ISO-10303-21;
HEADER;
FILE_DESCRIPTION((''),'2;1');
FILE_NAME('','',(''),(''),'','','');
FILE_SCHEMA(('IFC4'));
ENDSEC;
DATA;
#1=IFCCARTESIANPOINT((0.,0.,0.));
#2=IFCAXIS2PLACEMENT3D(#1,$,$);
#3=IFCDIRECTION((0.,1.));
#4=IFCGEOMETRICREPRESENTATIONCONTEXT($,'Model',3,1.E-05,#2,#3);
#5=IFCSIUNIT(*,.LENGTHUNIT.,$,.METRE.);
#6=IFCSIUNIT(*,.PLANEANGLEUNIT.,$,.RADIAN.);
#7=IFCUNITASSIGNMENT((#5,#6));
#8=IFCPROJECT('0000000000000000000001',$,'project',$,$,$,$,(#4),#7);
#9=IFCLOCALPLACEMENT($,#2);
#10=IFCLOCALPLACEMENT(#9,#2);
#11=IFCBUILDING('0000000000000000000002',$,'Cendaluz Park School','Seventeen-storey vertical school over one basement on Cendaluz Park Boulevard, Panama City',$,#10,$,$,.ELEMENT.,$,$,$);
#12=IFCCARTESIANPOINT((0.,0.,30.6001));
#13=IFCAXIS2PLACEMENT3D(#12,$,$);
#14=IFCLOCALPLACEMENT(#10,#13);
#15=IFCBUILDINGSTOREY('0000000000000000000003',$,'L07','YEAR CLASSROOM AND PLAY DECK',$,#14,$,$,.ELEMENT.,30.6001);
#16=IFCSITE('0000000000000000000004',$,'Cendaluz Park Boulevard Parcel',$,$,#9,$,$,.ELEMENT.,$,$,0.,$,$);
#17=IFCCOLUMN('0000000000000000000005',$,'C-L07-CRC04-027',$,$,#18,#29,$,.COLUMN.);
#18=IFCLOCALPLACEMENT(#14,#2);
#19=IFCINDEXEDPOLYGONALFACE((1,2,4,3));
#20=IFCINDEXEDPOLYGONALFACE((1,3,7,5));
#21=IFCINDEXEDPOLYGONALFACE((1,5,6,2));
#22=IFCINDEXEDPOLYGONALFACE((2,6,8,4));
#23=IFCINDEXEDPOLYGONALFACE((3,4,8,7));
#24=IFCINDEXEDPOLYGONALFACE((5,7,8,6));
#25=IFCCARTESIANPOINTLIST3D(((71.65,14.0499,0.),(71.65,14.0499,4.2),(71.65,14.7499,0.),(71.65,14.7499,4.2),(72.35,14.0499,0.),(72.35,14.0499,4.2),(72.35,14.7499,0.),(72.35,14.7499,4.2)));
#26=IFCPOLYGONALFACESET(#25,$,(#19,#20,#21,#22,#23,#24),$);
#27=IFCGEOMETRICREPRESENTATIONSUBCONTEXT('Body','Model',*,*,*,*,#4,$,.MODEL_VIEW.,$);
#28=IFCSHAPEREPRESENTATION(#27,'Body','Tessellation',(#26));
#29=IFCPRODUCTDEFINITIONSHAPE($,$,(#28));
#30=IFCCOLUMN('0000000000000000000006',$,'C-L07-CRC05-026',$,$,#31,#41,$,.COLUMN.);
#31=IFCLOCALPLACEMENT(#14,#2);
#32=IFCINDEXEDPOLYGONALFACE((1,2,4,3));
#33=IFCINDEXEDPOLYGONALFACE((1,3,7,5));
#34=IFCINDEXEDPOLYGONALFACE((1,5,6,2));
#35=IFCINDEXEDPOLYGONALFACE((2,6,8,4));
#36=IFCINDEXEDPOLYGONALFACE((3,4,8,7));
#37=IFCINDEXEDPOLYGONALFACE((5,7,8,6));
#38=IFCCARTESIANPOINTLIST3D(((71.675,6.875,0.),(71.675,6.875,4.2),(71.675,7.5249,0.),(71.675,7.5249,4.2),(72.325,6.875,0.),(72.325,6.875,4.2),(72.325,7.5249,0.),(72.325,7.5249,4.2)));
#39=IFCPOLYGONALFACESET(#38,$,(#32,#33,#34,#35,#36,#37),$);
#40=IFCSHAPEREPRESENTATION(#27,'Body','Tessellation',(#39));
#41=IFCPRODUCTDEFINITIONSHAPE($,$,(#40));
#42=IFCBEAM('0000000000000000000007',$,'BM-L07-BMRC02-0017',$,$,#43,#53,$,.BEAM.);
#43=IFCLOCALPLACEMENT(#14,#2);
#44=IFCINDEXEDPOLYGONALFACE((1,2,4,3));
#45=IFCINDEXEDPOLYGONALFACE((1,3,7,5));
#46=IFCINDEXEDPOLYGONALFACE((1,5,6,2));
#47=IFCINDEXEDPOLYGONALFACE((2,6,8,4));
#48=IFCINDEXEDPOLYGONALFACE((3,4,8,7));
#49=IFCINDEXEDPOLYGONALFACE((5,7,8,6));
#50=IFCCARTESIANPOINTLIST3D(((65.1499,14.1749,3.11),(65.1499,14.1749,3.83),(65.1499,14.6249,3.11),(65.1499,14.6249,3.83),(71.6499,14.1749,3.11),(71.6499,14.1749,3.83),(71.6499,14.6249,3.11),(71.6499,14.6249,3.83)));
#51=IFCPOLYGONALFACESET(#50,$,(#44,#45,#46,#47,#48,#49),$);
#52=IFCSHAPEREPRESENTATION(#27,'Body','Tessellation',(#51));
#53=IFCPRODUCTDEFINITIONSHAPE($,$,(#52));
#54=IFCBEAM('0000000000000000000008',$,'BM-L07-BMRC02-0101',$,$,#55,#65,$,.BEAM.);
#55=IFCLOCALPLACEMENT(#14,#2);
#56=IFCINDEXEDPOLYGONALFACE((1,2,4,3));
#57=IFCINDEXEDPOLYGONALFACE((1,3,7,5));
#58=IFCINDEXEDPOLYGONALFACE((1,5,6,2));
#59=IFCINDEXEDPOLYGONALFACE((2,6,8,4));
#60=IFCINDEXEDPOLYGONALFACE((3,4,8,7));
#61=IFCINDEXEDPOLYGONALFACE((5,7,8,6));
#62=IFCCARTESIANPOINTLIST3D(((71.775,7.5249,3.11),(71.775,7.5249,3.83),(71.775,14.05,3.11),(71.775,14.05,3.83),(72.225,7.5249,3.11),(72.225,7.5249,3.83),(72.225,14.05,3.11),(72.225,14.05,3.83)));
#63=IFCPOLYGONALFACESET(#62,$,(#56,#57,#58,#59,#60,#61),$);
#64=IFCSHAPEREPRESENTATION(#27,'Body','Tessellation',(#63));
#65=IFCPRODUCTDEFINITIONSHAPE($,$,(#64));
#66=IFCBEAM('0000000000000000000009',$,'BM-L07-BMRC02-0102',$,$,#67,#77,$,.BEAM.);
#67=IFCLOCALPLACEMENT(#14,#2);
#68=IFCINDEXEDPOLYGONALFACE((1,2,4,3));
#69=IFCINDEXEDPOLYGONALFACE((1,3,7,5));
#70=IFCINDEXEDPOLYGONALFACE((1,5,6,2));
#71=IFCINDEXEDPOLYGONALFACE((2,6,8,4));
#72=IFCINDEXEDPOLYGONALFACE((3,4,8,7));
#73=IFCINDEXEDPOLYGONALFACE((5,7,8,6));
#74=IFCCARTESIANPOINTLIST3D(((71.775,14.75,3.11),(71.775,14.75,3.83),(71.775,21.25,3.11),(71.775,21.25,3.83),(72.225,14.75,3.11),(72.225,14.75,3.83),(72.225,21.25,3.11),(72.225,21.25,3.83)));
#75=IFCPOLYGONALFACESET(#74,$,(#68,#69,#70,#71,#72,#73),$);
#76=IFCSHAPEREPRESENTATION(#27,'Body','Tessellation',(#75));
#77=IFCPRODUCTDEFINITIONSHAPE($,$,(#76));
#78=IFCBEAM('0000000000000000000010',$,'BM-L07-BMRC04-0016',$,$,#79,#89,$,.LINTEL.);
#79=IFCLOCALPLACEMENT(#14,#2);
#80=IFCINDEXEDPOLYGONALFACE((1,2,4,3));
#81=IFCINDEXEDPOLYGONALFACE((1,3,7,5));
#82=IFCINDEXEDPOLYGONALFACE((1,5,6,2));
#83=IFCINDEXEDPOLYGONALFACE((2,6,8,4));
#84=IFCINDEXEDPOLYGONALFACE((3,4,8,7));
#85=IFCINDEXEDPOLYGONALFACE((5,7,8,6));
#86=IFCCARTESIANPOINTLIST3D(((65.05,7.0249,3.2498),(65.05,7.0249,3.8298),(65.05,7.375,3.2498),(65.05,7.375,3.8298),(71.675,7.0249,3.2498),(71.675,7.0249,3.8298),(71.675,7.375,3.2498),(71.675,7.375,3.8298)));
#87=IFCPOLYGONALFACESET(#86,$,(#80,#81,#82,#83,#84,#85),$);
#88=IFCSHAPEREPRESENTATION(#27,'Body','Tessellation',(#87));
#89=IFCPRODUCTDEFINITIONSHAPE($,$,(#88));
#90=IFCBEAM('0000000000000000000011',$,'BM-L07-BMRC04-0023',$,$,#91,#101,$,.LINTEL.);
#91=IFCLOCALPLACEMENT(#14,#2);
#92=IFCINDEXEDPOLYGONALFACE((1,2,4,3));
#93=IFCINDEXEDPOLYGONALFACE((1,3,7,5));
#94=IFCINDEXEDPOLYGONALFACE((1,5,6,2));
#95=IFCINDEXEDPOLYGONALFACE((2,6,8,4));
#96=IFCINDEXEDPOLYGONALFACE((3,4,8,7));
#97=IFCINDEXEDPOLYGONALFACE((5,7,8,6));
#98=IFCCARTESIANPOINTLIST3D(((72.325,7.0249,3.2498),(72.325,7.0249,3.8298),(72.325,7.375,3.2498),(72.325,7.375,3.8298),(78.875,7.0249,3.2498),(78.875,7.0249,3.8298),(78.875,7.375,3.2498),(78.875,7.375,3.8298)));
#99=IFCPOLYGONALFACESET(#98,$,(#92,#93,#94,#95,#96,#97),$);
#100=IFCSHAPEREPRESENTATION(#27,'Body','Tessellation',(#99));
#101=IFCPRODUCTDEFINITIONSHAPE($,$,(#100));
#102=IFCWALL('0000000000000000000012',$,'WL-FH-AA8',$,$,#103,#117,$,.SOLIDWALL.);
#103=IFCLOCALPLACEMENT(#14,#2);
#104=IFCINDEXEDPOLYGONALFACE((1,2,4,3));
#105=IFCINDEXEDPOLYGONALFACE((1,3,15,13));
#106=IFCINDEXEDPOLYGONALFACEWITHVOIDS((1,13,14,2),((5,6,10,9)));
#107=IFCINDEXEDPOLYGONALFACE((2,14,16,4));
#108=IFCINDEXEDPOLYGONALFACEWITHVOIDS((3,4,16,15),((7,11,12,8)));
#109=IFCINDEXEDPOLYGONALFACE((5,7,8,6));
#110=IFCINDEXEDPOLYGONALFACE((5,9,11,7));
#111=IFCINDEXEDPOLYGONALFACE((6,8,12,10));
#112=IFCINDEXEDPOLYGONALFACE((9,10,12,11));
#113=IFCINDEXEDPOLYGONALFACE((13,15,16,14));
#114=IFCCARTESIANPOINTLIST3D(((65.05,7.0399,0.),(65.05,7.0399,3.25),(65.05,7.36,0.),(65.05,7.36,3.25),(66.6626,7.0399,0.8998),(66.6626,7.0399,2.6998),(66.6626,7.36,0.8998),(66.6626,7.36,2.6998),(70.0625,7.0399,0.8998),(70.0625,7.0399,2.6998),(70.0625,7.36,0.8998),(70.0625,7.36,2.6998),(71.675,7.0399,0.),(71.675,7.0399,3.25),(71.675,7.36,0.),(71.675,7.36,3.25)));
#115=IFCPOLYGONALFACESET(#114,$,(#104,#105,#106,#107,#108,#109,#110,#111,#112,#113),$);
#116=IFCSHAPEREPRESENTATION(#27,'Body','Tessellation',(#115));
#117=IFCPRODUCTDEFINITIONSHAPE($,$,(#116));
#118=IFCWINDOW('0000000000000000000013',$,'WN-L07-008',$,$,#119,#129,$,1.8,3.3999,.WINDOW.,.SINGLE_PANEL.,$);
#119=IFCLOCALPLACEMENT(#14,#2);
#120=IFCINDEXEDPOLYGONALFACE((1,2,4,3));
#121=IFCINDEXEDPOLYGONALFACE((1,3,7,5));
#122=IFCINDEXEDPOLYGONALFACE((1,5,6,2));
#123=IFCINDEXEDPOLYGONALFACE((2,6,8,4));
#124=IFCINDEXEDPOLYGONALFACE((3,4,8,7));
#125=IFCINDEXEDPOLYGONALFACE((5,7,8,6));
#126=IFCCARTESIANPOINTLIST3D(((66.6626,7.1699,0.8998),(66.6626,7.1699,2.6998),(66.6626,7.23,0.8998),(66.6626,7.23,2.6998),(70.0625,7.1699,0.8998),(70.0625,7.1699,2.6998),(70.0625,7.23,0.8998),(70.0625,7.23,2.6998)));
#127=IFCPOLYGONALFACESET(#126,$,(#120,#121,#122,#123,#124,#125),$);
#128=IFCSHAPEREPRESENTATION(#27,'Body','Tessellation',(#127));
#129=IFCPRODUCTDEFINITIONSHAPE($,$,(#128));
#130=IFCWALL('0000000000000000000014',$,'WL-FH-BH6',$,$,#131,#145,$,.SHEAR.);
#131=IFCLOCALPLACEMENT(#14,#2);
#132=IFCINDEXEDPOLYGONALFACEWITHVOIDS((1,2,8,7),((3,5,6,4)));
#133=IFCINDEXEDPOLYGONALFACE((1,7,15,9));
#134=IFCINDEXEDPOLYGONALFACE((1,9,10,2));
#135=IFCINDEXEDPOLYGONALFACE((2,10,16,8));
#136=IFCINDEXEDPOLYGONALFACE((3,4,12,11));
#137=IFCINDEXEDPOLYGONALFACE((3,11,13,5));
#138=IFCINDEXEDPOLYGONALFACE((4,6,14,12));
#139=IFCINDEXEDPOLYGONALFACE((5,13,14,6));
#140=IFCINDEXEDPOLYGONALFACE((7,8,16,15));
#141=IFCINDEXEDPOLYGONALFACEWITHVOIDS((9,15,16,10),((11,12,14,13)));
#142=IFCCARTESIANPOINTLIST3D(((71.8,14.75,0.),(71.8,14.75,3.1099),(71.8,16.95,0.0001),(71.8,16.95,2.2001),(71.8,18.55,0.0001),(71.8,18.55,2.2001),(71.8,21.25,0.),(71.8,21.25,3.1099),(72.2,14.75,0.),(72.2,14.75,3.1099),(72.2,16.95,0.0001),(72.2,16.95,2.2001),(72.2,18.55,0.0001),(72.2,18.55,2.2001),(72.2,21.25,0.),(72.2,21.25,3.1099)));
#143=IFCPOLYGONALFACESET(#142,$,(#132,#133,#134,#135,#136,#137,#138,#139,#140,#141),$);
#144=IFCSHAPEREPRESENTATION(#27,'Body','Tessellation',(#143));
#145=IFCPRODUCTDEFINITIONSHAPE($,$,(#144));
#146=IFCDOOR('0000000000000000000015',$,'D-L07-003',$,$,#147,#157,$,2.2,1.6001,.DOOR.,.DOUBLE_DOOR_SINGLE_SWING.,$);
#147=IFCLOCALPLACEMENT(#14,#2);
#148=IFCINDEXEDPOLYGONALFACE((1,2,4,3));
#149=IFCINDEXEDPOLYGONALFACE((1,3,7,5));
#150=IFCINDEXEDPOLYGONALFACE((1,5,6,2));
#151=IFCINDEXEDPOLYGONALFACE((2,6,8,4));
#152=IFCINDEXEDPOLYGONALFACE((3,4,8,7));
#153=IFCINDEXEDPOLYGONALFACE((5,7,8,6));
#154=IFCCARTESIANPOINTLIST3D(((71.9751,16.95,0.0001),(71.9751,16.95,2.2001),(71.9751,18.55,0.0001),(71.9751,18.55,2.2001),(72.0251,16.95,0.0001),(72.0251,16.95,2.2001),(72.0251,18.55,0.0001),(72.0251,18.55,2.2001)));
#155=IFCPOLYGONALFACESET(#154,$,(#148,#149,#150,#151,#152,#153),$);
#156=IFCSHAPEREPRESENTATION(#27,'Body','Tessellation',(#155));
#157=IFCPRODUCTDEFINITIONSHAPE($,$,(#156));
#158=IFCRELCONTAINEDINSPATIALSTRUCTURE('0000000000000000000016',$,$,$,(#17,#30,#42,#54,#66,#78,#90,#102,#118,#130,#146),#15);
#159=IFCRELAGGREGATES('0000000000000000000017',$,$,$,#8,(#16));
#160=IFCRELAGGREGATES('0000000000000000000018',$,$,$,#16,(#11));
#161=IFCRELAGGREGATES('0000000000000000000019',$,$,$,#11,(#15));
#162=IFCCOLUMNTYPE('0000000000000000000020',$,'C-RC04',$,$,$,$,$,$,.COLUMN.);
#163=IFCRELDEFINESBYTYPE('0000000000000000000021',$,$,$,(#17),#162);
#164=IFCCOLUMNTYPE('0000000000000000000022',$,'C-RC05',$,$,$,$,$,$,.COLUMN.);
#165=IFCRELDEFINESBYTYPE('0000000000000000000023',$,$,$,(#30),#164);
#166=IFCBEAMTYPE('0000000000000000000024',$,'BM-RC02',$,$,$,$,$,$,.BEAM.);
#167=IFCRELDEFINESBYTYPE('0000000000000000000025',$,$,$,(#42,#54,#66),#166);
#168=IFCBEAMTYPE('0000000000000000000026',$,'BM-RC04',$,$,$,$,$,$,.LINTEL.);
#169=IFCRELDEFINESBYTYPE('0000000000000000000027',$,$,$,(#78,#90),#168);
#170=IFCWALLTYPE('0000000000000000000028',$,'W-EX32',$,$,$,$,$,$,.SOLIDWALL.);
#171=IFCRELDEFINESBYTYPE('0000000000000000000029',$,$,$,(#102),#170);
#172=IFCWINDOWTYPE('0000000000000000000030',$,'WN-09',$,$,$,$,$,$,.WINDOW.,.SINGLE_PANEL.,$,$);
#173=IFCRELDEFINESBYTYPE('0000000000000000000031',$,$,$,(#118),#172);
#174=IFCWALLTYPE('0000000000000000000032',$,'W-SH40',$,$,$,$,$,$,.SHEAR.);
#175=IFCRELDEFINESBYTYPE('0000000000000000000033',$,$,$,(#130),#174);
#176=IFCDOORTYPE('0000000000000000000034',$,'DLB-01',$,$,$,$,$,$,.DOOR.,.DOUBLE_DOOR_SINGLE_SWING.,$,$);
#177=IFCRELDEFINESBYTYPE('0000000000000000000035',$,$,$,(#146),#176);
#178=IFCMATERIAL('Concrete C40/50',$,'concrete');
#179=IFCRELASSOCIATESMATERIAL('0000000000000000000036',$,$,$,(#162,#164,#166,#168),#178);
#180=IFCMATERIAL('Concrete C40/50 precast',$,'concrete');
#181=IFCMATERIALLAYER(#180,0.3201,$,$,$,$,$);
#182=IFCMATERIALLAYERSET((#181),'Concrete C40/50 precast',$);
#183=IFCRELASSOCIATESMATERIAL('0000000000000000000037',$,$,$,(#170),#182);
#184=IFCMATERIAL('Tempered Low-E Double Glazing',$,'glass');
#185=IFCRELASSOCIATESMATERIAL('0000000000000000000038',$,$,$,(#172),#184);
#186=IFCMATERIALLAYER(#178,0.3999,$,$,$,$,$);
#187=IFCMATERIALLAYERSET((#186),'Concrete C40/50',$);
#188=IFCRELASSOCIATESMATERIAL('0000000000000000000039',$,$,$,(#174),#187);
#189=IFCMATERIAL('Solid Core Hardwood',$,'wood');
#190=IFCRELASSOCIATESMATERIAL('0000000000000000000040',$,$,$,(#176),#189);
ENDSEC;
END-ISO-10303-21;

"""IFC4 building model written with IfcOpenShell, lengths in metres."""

from ifc_helpers import new_model, si_unit, direction, frame, frame_2d, origin, origin_2d, place, context, subcontext, project, spatial, rectangle, extrude, material, layer, layer_set, material_profile, profile_set, type_object, element, fill, save


model = new_model("IFC4")

# Units and contexts
model_context = context("Model", 3, precision=1e-05, world=origin(), true_north=direction((0.0, 1.0)))
body_context = subcontext(model_context, "Body", "Model", "MODEL_VIEW")
ifc_project = project(units=[si_unit("LENGTHUNIT", "METRE"), si_unit("PLANEANGLEUNIT", "RADIAN")], contexts=[model_context])

# Site, building, storey
site_placement = place(None, origin())
site = spatial("IfcSite", under=ifc_project, at=site_placement, Name="Cendaluz Park Boulevard Parcel", CompositionType="ELEMENT", RefElevation=0.0)
building_placement = place(site_placement, origin())
building = spatial("IfcBuilding", under=site, at=building_placement, Name="Cendaluz Park School", Description="Seventeen-storey vertical school over one basement on Cendaluz Park Boulevard, Panama City", CompositionType="ELEMENT")
storey_placement = place(building_placement, frame((0.0, 0.0, 30.6001)))
storey = spatial("IfcBuildingStorey", under=building, at=storey_placement, Name="L07", Description="YEAR CLASSROOM AND PLAY DECK", CompositionType="ELEMENT", Elevation=30.6001)

# Columns
ifc_material_1 = material(Name="Concrete C40/50", Category="concrete")
ifc_material_profile_1 = material_profile(ifc_material_1, rectangle(XDim=0.7, YDim=0.7, at=origin_2d()), Name="RC 700x700", Category="concrete")
ifc_profile_set_1 = profile_set([ifc_material_profile_1], Name="Concrete C40/50")
column_type_1 = type_object("IfcColumnType", Name="C-RC04", PredefinedType="COLUMN", material=ifc_profile_set_1)
column_1_placement = place(storey_placement, frame((72.0, 14.3999, 0.0), z_axis=(0.0, 0.0, 1.0), x_axis=(1.0, 0.0, 0.0)))
element("IfcColumn", 1, at=column_1_placement, inside=storey, type_object=column_type_1, Name="C-L07-CRC04-027", PredefinedType="COLUMN", context=body_context, shape_type="SweptSolid", body=[
    extrude(rectangle(XDim=0.7, YDim=0.7, at=origin_2d()), origin(), (0.0, 0.0, 1.0), 4.2),
])
ifc_material_profile_2 = material_profile(ifc_material_1, rectangle(XDim=0.6499, YDim=0.6499, at=origin_2d()), Name="RC 650x650", Category="concrete")
ifc_profile_set_2 = profile_set([ifc_material_profile_2], Name="Concrete C40/50")
column_type_2 = type_object("IfcColumnType", Name="C-RC05", PredefinedType="COLUMN", material=ifc_profile_set_2)
column_2_placement = place(storey_placement, frame((72.0, 7.2, 0.0), z_axis=(0.0, 0.0, 1.0), x_axis=(1.0, 0.0, 0.0)))
element("IfcColumn", 2, at=column_2_placement, inside=storey, type_object=column_type_2, Name="C-L07-CRC05-026", PredefinedType="COLUMN", context=body_context, shape_type="SweptSolid", body=[
    extrude(rectangle(XDim=0.6499, YDim=0.6499, at=origin_2d()), origin(), (0.0, 0.0, 1.0), 4.2),
])

# Beams
ifc_material_profile_3 = material_profile(ifc_material_1, rectangle(XDim=0.45, YDim=0.72, at=origin_2d()), Name="RC 450x720", Category="concrete")
ifc_profile_set_3 = profile_set([ifc_material_profile_3], Name="Concrete C40/50")
beam_type_1 = type_object("IfcBeamType", Name="BM-RC02", PredefinedType="BEAM", material=ifc_profile_set_3)
beam_1_placement = place(storey_placement, frame((65.1499, 14.3999, 3.47), z_axis=(1.0, 0.0, 0.0), x_axis=(0.0, 1.0, 0.0)))
element("IfcBeam", 3, at=beam_1_placement, inside=storey, type_object=beam_type_1, Name="BM-L07-BMRC02-0017", PredefinedType="BEAM", context=body_context, shape_type="SweptSolid", body=[
    extrude(rectangle(XDim=0.45, YDim=0.72, at=origin_2d()), origin(), (0.0, 0.0, 1.0), 6.5),
])
beam_2_placement = place(storey_placement, frame((72.0, 7.5249, 3.47), z_axis=(0.0, 1.0, 0.0), x_axis=(-1.0, 0.0, 0.0)))
element("IfcBeam", 4, at=beam_2_placement, inside=storey, type_object=beam_type_1, Name="BM-L07-BMRC02-0101", PredefinedType="BEAM", context=body_context, shape_type="SweptSolid", body=[
    extrude(rectangle(XDim=0.45, YDim=0.72, at=origin_2d()), origin(), (0.0, 0.0, 1.0), 6.5251),
])
beam_3_placement = place(storey_placement, frame((72.0, 14.75, 3.47), z_axis=(0.0, 1.0, 0.0), x_axis=(-1.0, 0.0, 0.0)))
element("IfcBeam", 5, at=beam_3_placement, inside=storey, type_object=beam_type_1, Name="BM-L07-BMRC02-0102", PredefinedType="BEAM", context=body_context, shape_type="SweptSolid", body=[
    extrude(rectangle(XDim=0.45, YDim=0.72, at=origin_2d()), origin(), (0.0, 0.0, 1.0), 6.5),
])
ifc_material_profile_4 = material_profile(ifc_material_1, rectangle(XDim=0.3501, YDim=0.5801, at=origin_2d()), Name="RC 350x580", Category="concrete")
ifc_profile_set_4 = profile_set([ifc_material_profile_4], Name="Concrete C40/50")
beam_type_2 = type_object("IfcBeamType", Name="BM-RC04", PredefinedType="LINTEL", material=ifc_profile_set_4)
beam_4_placement = place(storey_placement, frame((65.05, 7.2, 3.5398), z_axis=(1.0, 0.0, 0.0), x_axis=(0.0, 1.0, 0.0)))
element("IfcBeam", 6, at=beam_4_placement, inside=storey, type_object=beam_type_2, Name="BM-L07-BMRC04-0016", PredefinedType="LINTEL", context=body_context, shape_type="SweptSolid", body=[
    extrude(rectangle(XDim=0.3501, YDim=0.5801, at=origin_2d()), origin(), (0.0, 0.0, 1.0), 6.625),
])
beam_5_placement = place(storey_placement, frame((72.325, 7.2, 3.5398), z_axis=(1.0, 0.0, 0.0), x_axis=(0.0, 1.0, 0.0)))
element("IfcBeam", 7, at=beam_5_placement, inside=storey, type_object=beam_type_2, Name="BM-L07-BMRC04-0023", PredefinedType="LINTEL", context=body_context, shape_type="SweptSolid", body=[
    extrude(rectangle(XDim=0.3501, YDim=0.5801, at=origin_2d()), origin(), (0.0, 0.0, 1.0), 6.55),
])

# Wall, opening, window
ifc_material_2 = material(Name="Concrete C40/50 precast", Category="concrete")
ifc_layer_1 = layer(ifc_material_2, 0.3201)
ifc_layer_set_1 = layer_set([ifc_layer_1], Name="Concrete C40/50 precast")
wall_type_1 = type_object("IfcWallType", Name="W-EX32", PredefinedType="SOLIDWALL", material=ifc_layer_set_1)
wall_1_placement = place(storey_placement, frame((65.05, 7.2, 0.0), z_axis=(0.0, 0.0, 1.0), x_axis=(1.0, 0.0, 0.0)))
wall_1 = element("IfcWall", 8, at=wall_1_placement, inside=storey, type_object=wall_type_1, Name="WL-FH-AA8", PredefinedType="SOLIDWALL", context=body_context, shape_type="SweptSolid", body=[
    extrude(rectangle(XDim=6.625, YDim=0.3201, at=frame_2d((3.3125, 0.0))), origin(), (0.0, 0.0, 1.0), 3.25),
])
opening_1_placement = place(wall_1_placement, frame((1.6125, 0.0, 0.8999)))
opening_1 = element("IfcOpeningElement", 9, at=opening_1_placement, cuts=wall_1, PredefinedType="OPENING", context=body_context, shape_type="SweptSolid", body=[
    extrude(rectangle(XDim=3.3999, YDim=1.8, at=frame_2d((1.7, 0.8999))), frame((0.0, 0.1721, 0.0), z_axis=(0.0, -1.0, 0.0), x_axis=(1.0, 0.0, 0.0)), (0.0, 0.0, 1.0), 0.344),
])
ifc_material_3 = material(Name="Tempered Low-E Double Glazing", Category="glass")
window_type = type_object("IfcWindowType", Name="WN-09", PartitioningType="SINGLE_PANEL", PredefinedType="WINDOW", material=ifc_material_3)
window_placement = place(opening_1_placement, origin())
window = element("IfcWindow", 10, at=window_placement, inside=storey, type_object=window_type, Name="WN-L07-008", OverallHeight=1.8, OverallWidth=3.3999, PartitioningType="SINGLE_PANEL", PredefinedType="WINDOW", context=body_context, shape_type="SweptSolid", body=[
    extrude(rectangle(XDim=3.3999, YDim=1.8, at=frame_2d((1.7, 0.8999))), frame((0.0, 0.03, 0.0), z_axis=(0.0, -1.0, 0.0), x_axis=(1.0, 0.0, 0.0)), (0.0, 0.0, 1.0), 0.0601),
])
fill(opening_1, window)

# Shared definitions
ifc_material_4 = material(Name="Solid Core Hardwood", Category="wood")

# Wall, opening, door
ifc_layer_2 = layer(ifc_material_1, 0.3999)
ifc_layer_set_2 = layer_set([ifc_layer_2], Name="Concrete C40/50")
wall_type_2 = type_object("IfcWallType", Name="W-SH40", PredefinedType="SHEAR", material=ifc_layer_set_2)
wall_2_placement = place(storey_placement, frame((72.0, 14.75, 0.0), z_axis=(0.0, 0.0, 1.0), x_axis=(0.0, 1.0, 0.0)))
wall_2 = element("IfcWall", 11, at=wall_2_placement, inside=storey, type_object=wall_type_2, Name="WL-FH-BH6", PredefinedType="SHEAR", context=body_context, shape_type="SweptSolid", body=[
    extrude(rectangle(XDim=6.5, YDim=0.3999, at=frame_2d((3.25, 0.0))), origin(), (0.0, 0.0, 1.0), 3.1099),
])
opening_2_placement = place(wall_2_placement, frame((2.2, 0.0, 0.0)))
opening_2 = element("IfcOpeningElement", 12, at=opening_2_placement, cuts=wall_2, PredefinedType="OPENING", context=body_context, shape_type="SweptSolid", body=[
    extrude(rectangle(XDim=1.6001, YDim=2.2, at=frame_2d((0.8, 1.1001))), frame((0.0, 0.2119, 0.0), z_axis=(0.0, -1.0, 0.0), x_axis=(1.0, 0.0, 0.0)), (0.0, 0.0, 1.0), 0.4238),
])
door_type_1 = type_object("IfcDoorType", Name="DLB-01", OperationType="DOUBLE_DOOR_SINGLE_SWING", PredefinedType="DOOR", material=ifc_material_4)
door_1_placement = place(opening_2_placement, origin())
door_1 = element("IfcDoor", 13, at=door_1_placement, inside=storey, type_object=door_type_1, Name="D-L07-003", OperationType="DOUBLE_DOOR_SINGLE_SWING", OverallHeight=2.2, OverallWidth=1.6001, PredefinedType="DOOR", context=body_context, shape_type="SweptSolid", body=[
    extrude(rectangle(XDim=1.6001, YDim=2.2, at=frame_2d((0.8, 1.1001))), frame((0.0, 0.0249, 0.0), z_axis=(0.0, -1.0, 0.0), x_axis=(1.0, 0.0, 0.0)), (0.0, 0.0, 1.0), 0.05),
])
fill(opening_2, door_1)

save(model, "model.ifc")
